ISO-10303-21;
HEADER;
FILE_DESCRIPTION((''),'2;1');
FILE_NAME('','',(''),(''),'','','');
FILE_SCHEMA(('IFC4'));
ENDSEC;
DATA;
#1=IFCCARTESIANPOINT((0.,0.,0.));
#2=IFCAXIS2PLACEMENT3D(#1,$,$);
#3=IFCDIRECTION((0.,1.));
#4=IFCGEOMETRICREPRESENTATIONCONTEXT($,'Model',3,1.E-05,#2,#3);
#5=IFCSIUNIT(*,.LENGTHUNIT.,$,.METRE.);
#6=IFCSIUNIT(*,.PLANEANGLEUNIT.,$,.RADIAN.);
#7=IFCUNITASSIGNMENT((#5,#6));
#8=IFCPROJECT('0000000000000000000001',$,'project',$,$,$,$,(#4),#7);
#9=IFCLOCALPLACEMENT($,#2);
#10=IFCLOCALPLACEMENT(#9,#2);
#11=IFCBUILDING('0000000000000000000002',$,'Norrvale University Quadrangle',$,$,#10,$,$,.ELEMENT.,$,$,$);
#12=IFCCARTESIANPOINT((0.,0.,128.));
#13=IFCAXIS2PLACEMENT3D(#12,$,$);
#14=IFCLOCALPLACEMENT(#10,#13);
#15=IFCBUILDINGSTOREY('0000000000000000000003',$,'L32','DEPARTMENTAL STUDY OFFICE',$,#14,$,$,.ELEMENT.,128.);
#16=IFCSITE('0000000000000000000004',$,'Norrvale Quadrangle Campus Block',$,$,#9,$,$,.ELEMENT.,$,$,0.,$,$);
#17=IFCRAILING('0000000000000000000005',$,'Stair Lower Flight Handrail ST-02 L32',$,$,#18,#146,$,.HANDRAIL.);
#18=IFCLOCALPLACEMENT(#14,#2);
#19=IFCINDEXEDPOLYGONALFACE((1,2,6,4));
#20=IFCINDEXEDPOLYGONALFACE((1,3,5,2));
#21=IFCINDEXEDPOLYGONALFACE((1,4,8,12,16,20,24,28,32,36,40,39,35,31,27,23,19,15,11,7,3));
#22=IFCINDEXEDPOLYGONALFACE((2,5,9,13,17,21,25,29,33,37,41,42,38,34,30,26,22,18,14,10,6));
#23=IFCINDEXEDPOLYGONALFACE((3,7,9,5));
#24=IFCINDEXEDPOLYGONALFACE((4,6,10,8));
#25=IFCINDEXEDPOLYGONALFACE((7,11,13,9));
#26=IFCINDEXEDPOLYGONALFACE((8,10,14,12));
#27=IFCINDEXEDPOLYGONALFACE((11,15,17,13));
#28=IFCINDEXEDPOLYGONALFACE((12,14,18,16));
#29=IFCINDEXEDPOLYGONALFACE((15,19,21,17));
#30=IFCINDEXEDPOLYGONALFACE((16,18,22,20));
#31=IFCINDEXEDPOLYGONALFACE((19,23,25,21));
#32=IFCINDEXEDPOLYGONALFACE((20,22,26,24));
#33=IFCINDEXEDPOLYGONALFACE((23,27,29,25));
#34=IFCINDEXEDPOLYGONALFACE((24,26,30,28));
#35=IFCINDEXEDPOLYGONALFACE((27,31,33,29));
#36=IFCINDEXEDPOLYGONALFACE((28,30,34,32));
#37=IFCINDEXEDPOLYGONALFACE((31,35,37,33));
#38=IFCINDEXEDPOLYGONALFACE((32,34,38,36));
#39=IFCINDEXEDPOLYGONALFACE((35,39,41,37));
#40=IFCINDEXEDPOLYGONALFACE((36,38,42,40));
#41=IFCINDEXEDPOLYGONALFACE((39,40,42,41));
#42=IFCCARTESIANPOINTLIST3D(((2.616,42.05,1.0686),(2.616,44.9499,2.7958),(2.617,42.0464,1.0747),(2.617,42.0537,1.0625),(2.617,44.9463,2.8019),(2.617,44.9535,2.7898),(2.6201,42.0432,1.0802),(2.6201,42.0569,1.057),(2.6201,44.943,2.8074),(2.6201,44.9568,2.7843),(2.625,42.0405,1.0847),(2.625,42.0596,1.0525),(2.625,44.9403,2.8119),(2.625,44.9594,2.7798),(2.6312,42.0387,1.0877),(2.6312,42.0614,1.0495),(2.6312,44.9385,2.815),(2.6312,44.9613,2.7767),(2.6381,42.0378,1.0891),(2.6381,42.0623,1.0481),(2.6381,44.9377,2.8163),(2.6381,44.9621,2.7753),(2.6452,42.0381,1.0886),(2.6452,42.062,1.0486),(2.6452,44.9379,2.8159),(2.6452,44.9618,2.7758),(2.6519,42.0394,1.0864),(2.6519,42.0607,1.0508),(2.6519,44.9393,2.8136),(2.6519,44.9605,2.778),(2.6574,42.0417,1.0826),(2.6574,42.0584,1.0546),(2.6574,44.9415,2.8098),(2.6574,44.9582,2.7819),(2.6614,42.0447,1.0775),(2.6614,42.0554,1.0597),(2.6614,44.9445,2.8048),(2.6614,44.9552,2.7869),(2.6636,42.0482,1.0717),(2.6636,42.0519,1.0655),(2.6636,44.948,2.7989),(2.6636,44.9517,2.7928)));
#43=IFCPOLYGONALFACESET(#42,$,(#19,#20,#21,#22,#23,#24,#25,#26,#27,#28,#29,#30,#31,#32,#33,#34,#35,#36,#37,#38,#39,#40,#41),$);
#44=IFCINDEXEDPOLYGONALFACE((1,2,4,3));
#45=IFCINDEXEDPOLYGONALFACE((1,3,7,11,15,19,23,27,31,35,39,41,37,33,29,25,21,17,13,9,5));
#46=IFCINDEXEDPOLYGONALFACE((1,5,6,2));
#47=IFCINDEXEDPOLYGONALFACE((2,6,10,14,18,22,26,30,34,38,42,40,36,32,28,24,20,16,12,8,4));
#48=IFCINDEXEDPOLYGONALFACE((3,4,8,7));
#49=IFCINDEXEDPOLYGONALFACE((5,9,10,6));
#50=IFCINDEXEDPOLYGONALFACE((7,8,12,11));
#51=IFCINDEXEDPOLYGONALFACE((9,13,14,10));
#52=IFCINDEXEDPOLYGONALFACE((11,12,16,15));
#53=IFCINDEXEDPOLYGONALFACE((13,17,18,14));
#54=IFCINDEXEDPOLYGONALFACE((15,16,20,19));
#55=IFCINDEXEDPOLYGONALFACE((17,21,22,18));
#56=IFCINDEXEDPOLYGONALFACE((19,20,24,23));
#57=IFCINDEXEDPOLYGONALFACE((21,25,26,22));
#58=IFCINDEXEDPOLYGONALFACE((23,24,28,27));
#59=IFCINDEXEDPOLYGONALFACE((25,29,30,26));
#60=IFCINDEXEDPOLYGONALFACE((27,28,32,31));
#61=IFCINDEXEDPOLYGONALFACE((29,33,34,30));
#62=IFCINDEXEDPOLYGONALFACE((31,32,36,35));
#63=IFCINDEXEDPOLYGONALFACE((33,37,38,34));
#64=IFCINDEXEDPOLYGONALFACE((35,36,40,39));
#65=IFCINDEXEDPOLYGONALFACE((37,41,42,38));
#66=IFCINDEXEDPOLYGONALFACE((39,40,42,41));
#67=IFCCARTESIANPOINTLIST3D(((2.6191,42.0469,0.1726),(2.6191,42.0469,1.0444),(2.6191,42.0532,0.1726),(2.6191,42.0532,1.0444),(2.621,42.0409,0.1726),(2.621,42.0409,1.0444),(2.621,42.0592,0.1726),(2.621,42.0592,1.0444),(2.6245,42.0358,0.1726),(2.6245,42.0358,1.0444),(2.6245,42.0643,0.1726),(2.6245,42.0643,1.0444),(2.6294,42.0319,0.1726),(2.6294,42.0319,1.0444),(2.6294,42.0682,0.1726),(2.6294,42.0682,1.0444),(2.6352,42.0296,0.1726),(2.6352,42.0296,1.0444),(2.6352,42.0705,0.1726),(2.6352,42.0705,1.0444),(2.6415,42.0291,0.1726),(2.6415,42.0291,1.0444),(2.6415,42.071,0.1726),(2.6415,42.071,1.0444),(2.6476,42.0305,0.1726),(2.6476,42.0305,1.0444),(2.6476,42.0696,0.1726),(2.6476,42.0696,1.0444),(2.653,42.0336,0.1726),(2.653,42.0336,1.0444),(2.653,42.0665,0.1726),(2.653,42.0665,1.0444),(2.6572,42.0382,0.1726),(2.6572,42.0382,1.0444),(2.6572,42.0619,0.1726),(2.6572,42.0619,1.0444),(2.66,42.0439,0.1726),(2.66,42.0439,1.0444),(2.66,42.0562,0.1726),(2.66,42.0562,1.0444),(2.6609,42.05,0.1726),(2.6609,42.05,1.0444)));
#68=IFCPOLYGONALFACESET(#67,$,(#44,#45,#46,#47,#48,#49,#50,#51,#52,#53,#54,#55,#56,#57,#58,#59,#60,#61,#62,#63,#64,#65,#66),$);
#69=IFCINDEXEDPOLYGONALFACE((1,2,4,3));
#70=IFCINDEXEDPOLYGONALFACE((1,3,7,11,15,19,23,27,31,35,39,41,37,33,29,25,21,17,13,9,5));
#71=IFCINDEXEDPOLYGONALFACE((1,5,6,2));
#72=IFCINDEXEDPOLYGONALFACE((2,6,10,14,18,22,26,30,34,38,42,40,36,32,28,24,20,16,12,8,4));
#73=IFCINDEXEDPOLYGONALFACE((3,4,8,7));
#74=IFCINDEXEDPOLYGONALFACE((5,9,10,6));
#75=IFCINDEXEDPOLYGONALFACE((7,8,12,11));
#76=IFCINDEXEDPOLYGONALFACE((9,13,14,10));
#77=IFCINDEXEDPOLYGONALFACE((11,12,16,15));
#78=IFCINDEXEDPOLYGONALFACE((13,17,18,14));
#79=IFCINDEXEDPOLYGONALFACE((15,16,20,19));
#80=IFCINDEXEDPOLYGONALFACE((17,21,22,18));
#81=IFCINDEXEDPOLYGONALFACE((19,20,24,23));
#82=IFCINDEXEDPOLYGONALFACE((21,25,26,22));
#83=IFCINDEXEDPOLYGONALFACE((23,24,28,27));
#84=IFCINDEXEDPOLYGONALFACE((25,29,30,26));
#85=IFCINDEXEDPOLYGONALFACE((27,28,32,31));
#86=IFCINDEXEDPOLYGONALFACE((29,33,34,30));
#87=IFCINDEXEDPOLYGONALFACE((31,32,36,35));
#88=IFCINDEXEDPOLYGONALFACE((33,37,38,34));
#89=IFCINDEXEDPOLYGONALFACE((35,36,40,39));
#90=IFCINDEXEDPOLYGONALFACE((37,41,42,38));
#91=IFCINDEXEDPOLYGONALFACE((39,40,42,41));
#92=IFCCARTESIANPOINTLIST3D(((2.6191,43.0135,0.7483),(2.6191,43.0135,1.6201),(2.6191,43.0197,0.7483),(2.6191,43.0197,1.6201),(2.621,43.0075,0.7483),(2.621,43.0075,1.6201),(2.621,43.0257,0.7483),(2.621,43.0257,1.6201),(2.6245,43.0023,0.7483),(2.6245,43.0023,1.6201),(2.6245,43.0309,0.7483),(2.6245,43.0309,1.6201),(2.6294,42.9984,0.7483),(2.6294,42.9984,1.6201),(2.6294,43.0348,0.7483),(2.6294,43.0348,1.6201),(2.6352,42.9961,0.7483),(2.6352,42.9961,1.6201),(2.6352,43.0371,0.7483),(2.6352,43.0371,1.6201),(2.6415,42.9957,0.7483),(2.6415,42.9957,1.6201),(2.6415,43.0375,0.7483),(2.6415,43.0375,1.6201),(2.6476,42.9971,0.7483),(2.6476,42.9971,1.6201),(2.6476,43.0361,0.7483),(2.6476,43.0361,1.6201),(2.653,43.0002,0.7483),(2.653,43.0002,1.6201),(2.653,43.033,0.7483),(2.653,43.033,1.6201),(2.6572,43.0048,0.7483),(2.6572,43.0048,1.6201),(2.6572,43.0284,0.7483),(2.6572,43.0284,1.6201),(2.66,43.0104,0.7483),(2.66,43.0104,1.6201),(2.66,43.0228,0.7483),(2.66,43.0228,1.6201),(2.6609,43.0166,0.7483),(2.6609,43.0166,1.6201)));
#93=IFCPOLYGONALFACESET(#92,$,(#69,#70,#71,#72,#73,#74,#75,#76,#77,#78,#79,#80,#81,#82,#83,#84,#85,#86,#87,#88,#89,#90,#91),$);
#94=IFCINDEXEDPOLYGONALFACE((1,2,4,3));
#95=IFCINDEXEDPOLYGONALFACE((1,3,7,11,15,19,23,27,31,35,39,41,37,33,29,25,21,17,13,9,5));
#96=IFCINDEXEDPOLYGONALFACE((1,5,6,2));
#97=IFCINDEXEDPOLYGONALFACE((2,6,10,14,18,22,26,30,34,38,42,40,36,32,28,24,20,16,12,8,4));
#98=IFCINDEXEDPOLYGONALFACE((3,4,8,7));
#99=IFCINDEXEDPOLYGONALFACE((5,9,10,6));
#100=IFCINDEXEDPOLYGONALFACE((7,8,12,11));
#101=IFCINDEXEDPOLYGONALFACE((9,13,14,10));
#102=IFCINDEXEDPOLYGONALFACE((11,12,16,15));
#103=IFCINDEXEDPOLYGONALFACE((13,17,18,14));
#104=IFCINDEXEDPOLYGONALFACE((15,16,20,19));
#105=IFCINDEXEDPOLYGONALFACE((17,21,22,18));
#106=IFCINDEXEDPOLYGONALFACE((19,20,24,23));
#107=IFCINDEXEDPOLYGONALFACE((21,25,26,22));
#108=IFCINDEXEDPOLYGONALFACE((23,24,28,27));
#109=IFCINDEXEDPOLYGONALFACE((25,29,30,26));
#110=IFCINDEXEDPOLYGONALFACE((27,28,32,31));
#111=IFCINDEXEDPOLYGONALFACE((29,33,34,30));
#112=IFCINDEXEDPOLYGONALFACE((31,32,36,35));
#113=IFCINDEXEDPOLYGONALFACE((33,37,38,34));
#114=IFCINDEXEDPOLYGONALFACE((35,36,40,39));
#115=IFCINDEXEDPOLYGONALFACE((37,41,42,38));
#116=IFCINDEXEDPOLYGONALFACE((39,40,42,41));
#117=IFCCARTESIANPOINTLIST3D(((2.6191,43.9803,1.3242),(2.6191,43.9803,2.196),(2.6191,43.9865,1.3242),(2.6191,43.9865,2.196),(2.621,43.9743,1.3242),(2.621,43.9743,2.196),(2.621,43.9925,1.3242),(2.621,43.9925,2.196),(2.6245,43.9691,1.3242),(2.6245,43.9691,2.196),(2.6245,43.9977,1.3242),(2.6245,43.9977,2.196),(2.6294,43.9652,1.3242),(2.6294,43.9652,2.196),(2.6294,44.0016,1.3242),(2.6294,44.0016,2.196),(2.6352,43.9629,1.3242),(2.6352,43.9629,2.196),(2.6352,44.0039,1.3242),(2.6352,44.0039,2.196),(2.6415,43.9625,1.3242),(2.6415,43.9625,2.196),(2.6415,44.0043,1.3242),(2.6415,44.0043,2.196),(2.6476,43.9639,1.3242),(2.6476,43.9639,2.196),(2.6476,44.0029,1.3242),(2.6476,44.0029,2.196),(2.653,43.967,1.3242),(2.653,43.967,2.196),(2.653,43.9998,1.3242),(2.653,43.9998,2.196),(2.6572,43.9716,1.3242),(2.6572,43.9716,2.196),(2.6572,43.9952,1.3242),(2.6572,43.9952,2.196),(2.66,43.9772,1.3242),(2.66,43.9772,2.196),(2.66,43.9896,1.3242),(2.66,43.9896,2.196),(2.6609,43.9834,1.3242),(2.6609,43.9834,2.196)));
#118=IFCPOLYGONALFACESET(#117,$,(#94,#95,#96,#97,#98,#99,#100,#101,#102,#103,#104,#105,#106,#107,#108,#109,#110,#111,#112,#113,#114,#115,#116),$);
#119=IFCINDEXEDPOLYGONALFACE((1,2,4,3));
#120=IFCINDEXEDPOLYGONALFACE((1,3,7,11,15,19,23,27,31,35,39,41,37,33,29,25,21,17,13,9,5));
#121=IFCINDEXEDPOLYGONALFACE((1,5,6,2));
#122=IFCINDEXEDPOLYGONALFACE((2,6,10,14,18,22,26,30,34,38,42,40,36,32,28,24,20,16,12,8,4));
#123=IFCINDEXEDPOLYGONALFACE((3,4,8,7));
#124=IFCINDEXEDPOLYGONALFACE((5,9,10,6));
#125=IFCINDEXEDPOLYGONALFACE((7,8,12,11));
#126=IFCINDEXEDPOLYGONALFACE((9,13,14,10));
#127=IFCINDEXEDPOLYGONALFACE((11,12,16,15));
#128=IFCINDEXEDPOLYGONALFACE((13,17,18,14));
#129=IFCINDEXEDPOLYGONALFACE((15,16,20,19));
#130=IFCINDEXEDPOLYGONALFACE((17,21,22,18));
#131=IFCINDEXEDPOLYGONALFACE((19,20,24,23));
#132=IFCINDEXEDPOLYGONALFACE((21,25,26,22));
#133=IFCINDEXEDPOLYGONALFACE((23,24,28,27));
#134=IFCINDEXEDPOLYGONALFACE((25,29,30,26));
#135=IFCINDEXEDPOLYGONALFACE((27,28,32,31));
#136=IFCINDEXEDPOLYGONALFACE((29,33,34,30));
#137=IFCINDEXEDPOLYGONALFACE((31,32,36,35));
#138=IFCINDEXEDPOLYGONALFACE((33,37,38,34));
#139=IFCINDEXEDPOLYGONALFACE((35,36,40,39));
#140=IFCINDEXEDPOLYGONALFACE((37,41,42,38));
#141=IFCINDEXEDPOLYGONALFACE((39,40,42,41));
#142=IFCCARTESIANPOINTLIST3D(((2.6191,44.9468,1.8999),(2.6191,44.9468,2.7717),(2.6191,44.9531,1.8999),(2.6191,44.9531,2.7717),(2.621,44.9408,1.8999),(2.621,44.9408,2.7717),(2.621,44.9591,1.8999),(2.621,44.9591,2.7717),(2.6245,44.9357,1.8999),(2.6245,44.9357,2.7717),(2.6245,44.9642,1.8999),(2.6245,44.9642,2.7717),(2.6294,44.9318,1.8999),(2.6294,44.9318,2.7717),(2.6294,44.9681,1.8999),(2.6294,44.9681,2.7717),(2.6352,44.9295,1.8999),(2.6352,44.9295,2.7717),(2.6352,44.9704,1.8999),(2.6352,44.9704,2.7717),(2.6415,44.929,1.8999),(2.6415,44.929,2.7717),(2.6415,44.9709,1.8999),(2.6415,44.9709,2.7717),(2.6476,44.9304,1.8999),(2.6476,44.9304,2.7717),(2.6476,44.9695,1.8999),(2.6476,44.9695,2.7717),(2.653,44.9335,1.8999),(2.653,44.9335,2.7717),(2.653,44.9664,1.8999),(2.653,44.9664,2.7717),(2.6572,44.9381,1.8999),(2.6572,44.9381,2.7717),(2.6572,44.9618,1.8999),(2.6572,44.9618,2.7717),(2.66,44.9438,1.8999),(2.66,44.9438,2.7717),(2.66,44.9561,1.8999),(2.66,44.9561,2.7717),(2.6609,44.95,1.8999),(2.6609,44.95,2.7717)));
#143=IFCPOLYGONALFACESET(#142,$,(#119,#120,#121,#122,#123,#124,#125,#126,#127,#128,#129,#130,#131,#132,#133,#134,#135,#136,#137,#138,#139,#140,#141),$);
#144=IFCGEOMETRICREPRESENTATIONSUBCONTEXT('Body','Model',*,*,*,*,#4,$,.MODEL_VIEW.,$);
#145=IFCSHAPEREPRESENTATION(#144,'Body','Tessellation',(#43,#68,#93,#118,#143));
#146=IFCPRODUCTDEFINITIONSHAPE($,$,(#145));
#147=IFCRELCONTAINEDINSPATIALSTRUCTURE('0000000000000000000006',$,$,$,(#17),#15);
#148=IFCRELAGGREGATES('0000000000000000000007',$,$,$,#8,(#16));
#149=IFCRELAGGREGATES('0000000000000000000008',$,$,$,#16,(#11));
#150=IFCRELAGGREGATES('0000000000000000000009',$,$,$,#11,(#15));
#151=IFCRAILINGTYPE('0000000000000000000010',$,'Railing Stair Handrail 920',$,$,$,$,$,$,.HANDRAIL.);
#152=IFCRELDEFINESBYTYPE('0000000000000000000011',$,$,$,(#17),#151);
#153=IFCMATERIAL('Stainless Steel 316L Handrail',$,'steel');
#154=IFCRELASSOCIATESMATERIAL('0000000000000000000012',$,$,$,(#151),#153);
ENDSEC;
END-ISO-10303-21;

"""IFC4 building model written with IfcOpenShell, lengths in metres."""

from ifc_helpers import new_model, si_unit, direction, frame, origin, origin_2d, place, context, subcontext, project, spatial, circle, extrude, material, type_object, element, save


model = new_model("IFC4")

# Units and contexts
model_context = context("Model", 3, precision=1e-05, world=origin(), true_north=direction((0.0, 1.0)))
body_context = subcontext(model_context, "Body", "Model", "MODEL_VIEW")
ifc_project = project(units=[si_unit("LENGTHUNIT", "METRE"), si_unit("PLANEANGLEUNIT", "RADIAN")], contexts=[model_context])

# Site, building, storey
site_placement = place(None, origin())
site = spatial("IfcSite", under=ifc_project, at=site_placement, Name="Norrvale Quadrangle Campus Block", CompositionType="ELEMENT", RefElevation=0.0)
building_placement = place(site_placement, origin())
building = spatial("IfcBuilding", under=site, at=building_placement, Name="Norrvale University Quadrangle", CompositionType="ELEMENT")
storey_placement = place(building_placement, frame((0.0, 0.0, 128.0)))
storey = spatial("IfcBuildingStorey", under=building, at=storey_placement, Name="L32", Description="DEPARTMENTAL STUDY OFFICE", CompositionType="ELEMENT", Elevation=128.0)

# Railing
ifc_material_1 = material(Name="Stainless Steel 316L Handrail", Category="steel")
railing_type_1 = type_object("IfcRailingType", Name="Railing Stair Handrail 920", PredefinedType="HANDRAIL", material=ifc_material_1)
railing_1_placement = place(storey_placement, frame((2.6399, 42.05, 0.1726)))
element("IfcRailing", 1, at=railing_1_placement, inside=storey, type_object=railing_type_1, Name="Stair Lower Flight Handrail ST-02 L32", PredefinedType="HANDRAIL", context=body_context, shape_type="SweptSolid", body=[
    extrude(circle(Radius=0.0239, at=origin_2d()), frame((0.0, 0.0, 0.896), z_axis=(0.0, 0.859141, 0.511738), x_axis=(-1.0, 0.0, 0.0)), (0.0, 0.0, 1.0), 3.3752),
    extrude(circle(Radius=0.021, at=origin_2d()), origin(), (0.0, 0.0, 1.0), 0.8718),
    extrude(circle(Radius=0.021, at=origin_2d()), frame((0.0, 0.9666, 0.5757)), (0.0, 0.0, 1.0), 0.8718),
    extrude(circle(Radius=0.021, at=origin_2d()), frame((0.0, 1.9333, 1.1516)), (0.0, 0.0, 1.0), 0.8718),
    extrude(circle(Radius=0.021, at=origin_2d()), frame((0.0, 2.8999, 1.7273)), (0.0, 0.0, 1.0), 0.8718),
])

save(model, "model.ifc")
